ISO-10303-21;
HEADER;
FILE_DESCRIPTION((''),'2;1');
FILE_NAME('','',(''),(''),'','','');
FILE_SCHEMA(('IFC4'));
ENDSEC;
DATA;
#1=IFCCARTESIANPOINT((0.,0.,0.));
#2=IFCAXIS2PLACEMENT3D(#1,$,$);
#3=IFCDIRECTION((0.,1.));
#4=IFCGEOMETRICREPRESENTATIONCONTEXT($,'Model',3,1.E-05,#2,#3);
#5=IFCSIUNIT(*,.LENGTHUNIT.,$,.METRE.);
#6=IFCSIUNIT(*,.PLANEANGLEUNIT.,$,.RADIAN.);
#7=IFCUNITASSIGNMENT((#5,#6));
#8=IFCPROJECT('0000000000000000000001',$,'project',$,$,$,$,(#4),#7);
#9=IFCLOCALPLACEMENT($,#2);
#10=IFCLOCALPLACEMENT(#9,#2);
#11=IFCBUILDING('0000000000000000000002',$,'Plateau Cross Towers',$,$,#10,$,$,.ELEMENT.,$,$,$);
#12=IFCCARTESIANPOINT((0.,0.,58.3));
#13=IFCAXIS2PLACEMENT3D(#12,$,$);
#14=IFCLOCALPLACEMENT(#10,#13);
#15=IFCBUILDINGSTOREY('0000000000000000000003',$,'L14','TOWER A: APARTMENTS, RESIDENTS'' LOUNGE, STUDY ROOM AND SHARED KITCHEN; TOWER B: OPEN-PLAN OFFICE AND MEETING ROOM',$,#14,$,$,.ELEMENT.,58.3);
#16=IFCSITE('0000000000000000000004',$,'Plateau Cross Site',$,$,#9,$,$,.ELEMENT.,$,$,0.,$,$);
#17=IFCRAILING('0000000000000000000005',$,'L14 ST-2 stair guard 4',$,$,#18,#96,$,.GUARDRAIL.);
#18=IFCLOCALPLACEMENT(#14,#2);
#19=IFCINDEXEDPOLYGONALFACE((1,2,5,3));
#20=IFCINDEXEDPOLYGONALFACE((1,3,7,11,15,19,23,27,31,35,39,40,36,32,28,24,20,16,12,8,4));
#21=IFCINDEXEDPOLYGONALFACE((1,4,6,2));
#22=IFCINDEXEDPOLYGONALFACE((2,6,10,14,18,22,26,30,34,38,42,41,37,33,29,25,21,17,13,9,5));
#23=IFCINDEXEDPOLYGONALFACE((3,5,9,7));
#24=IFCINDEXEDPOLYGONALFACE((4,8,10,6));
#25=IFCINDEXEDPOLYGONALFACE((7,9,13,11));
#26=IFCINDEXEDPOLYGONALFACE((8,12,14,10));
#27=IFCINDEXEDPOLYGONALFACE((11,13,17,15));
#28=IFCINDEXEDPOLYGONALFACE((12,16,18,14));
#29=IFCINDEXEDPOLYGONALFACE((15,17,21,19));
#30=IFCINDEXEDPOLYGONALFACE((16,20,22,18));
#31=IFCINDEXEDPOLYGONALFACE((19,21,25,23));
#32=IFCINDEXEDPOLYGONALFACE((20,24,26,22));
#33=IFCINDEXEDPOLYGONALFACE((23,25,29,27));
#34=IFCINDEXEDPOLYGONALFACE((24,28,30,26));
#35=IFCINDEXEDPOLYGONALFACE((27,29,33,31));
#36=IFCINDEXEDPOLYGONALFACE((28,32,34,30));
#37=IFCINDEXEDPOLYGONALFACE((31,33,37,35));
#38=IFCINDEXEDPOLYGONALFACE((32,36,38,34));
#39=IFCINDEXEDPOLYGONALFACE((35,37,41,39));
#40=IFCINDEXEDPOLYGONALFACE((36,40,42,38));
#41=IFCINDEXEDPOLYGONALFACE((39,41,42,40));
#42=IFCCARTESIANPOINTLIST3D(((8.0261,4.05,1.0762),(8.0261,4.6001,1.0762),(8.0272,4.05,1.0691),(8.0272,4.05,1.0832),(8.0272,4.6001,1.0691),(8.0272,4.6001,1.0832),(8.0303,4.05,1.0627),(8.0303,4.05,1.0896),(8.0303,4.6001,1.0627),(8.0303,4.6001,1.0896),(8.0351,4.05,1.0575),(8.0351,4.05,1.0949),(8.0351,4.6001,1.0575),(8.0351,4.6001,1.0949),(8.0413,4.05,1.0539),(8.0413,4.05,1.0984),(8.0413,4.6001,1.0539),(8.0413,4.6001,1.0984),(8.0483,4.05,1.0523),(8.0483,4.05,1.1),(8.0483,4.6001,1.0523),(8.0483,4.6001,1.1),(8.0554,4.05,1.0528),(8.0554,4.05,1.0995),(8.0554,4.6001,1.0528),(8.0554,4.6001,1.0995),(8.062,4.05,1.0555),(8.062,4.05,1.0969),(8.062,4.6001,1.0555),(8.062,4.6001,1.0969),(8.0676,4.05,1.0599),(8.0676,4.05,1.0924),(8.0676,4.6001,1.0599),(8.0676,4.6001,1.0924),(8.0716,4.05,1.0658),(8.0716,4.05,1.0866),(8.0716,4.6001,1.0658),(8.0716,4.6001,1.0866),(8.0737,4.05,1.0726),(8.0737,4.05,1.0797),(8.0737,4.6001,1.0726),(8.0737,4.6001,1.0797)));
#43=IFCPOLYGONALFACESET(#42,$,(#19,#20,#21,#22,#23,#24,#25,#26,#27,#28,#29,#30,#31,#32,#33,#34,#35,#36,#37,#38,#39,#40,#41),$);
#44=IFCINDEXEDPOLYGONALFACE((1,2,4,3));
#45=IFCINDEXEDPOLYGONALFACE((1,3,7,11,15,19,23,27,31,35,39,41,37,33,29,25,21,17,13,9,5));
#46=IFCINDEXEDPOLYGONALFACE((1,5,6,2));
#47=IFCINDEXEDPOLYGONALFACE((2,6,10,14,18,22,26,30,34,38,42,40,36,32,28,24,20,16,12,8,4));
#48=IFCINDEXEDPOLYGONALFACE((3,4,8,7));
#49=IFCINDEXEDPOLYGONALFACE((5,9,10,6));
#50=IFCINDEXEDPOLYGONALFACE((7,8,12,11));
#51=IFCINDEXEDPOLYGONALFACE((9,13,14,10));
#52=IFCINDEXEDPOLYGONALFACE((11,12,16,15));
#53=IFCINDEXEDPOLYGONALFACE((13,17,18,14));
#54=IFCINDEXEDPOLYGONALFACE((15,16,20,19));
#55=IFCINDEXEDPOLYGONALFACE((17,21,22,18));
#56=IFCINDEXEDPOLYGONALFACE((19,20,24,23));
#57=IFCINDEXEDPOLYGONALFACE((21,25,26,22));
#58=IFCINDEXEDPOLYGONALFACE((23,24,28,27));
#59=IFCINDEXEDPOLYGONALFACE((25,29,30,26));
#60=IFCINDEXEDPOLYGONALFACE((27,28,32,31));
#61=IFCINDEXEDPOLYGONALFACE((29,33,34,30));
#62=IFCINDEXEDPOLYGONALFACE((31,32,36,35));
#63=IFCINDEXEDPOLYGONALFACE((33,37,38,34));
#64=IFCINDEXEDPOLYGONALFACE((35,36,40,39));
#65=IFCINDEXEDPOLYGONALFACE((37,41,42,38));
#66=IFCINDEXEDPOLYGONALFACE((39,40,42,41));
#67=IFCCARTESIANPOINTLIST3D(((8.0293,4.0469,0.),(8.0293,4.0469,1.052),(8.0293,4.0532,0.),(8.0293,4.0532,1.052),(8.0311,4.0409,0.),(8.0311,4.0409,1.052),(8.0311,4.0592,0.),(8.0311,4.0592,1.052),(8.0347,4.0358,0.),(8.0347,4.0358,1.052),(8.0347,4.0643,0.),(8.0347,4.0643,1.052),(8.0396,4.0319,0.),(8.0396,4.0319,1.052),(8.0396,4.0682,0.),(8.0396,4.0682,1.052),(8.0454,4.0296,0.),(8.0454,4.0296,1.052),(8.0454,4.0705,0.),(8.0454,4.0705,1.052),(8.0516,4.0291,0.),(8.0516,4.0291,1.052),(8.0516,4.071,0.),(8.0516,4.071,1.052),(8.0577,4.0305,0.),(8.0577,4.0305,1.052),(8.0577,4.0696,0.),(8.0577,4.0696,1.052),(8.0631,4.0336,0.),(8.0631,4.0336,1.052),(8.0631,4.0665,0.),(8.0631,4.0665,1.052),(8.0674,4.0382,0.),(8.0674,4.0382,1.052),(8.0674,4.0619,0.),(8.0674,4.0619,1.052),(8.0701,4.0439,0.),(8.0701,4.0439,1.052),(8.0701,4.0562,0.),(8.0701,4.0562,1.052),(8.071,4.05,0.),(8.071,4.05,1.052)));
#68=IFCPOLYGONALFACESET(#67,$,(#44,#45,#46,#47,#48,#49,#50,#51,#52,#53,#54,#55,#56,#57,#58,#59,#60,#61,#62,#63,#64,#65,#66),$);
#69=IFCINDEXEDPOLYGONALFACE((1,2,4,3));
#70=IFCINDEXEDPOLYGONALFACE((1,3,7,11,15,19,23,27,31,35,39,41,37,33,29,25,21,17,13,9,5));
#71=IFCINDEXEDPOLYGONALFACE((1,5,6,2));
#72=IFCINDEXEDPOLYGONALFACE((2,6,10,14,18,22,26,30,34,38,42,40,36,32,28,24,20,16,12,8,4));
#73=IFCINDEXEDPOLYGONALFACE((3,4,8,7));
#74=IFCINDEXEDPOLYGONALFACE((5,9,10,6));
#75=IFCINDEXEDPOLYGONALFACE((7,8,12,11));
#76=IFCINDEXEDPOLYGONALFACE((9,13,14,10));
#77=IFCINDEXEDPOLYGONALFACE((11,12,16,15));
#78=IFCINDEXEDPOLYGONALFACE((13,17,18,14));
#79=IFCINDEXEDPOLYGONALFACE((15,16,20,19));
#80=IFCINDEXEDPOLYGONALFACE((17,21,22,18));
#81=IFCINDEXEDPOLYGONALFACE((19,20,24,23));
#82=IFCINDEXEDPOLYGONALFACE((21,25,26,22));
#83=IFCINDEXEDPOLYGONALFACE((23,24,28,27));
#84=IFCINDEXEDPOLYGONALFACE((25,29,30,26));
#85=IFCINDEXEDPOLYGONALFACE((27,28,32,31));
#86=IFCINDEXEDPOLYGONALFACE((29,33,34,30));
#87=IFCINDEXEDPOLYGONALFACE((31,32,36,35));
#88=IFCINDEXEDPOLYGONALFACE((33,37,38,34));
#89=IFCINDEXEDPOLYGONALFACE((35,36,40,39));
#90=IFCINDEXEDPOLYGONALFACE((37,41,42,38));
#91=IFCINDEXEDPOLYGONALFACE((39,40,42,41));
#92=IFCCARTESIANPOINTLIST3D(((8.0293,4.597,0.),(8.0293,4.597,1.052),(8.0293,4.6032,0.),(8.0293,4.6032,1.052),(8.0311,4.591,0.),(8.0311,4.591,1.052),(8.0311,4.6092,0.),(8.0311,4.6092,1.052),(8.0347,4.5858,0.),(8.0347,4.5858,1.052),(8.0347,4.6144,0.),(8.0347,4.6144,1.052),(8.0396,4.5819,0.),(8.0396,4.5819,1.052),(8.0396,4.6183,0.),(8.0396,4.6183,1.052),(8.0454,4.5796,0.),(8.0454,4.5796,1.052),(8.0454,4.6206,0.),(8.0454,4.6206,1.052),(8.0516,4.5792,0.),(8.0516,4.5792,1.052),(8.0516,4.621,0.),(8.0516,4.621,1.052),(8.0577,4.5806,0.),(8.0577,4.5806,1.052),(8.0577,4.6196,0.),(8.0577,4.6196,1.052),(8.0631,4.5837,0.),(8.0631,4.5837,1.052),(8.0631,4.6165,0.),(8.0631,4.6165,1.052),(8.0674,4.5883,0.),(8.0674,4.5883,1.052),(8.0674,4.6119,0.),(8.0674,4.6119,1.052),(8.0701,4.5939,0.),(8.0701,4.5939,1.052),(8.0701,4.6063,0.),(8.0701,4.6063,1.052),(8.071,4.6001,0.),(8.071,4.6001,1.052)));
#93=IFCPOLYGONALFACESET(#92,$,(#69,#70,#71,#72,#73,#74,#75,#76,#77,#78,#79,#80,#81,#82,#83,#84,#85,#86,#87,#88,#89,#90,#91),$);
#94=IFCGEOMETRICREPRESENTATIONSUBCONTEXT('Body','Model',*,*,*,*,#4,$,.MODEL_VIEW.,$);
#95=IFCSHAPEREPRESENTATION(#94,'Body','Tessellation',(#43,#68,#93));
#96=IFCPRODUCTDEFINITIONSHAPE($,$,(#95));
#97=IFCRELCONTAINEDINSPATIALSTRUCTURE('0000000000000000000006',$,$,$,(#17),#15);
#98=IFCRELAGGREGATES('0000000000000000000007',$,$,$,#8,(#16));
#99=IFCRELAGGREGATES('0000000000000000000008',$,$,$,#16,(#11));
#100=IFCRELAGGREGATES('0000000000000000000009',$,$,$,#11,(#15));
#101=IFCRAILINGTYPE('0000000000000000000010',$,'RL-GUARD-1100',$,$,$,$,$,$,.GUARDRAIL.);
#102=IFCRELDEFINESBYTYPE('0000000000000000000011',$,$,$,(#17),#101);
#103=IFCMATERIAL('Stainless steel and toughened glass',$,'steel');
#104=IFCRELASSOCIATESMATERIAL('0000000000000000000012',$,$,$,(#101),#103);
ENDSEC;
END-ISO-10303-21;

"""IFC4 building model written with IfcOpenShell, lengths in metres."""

from ifc_helpers import new_model, si_unit, direction, frame, origin, origin_2d, place, context, subcontext, project, spatial, circle, extrude, material, type_object, element, save


model = new_model("IFC4")

# Units and contexts
model_context = context("Model", 3, precision=1e-05, world=origin(), true_north=direction((0.0, 1.0)))
body_context = subcontext(model_context, "Body", "Model", "MODEL_VIEW")
ifc_project = project(units=[si_unit("LENGTHUNIT", "METRE"), si_unit("PLANEANGLEUNIT", "RADIAN")], contexts=[model_context])

# Site, building, storey
site_placement = place(None, origin())
site = spatial("IfcSite", under=ifc_project, at=site_placement, Name="Plateau Cross Site", CompositionType="ELEMENT", RefElevation=0.0)
building_placement = place(site_placement, origin())
building = spatial("IfcBuilding", under=site, at=building_placement, Name="Plateau Cross Towers", CompositionType="ELEMENT")
storey_placement = place(building_placement, frame((0.0, 0.0, 58.3)))
storey = spatial("IfcBuildingStorey", under=building, at=storey_placement, Name="L14", Description="TOWER A: APARTMENTS, RESIDENTS' LOUNGE, STUDY ROOM AND SHARED KITCHEN; TOWER B: OPEN-PLAN OFFICE AND MEETING ROOM", CompositionType="ELEMENT", Elevation=58.3)

# Railing
ifc_material_1 = material(Name="Stainless steel and toughened glass", Category="steel")
railing_type_1 = type_object("IfcRailingType", Name="RL-GUARD-1100", PredefinedType="GUARDRAIL", material=ifc_material_1)
railing_1_placement = place(storey_placement, frame((8.05, 4.05, 0.0)))
element("IfcRailing", 1, at=railing_1_placement, inside=storey, type_object=railing_type_1, Name="L14 ST-2 stair guard 4", PredefinedType="GUARDRAIL", context=body_context, shape_type="SweptSolid", body=[
    extrude(circle(Radius=0.0239, at=origin_2d()), frame((0.0, 0.0, 1.0762), z_axis=(0.0, 1.0, 0.0), x_axis=(-1.0, 0.0, 0.0)), (0.0, 0.0, 1.0), 0.55),
    extrude(circle(Radius=0.021, at=origin_2d()), origin(), (0.0, 0.0, 1.0), 1.052),
    extrude(circle(Radius=0.021, at=origin_2d()), frame((0.0, 0.55, 0.0)), (0.0, 0.0, 1.0), 1.052),
])

save(model, "model.ifc")
